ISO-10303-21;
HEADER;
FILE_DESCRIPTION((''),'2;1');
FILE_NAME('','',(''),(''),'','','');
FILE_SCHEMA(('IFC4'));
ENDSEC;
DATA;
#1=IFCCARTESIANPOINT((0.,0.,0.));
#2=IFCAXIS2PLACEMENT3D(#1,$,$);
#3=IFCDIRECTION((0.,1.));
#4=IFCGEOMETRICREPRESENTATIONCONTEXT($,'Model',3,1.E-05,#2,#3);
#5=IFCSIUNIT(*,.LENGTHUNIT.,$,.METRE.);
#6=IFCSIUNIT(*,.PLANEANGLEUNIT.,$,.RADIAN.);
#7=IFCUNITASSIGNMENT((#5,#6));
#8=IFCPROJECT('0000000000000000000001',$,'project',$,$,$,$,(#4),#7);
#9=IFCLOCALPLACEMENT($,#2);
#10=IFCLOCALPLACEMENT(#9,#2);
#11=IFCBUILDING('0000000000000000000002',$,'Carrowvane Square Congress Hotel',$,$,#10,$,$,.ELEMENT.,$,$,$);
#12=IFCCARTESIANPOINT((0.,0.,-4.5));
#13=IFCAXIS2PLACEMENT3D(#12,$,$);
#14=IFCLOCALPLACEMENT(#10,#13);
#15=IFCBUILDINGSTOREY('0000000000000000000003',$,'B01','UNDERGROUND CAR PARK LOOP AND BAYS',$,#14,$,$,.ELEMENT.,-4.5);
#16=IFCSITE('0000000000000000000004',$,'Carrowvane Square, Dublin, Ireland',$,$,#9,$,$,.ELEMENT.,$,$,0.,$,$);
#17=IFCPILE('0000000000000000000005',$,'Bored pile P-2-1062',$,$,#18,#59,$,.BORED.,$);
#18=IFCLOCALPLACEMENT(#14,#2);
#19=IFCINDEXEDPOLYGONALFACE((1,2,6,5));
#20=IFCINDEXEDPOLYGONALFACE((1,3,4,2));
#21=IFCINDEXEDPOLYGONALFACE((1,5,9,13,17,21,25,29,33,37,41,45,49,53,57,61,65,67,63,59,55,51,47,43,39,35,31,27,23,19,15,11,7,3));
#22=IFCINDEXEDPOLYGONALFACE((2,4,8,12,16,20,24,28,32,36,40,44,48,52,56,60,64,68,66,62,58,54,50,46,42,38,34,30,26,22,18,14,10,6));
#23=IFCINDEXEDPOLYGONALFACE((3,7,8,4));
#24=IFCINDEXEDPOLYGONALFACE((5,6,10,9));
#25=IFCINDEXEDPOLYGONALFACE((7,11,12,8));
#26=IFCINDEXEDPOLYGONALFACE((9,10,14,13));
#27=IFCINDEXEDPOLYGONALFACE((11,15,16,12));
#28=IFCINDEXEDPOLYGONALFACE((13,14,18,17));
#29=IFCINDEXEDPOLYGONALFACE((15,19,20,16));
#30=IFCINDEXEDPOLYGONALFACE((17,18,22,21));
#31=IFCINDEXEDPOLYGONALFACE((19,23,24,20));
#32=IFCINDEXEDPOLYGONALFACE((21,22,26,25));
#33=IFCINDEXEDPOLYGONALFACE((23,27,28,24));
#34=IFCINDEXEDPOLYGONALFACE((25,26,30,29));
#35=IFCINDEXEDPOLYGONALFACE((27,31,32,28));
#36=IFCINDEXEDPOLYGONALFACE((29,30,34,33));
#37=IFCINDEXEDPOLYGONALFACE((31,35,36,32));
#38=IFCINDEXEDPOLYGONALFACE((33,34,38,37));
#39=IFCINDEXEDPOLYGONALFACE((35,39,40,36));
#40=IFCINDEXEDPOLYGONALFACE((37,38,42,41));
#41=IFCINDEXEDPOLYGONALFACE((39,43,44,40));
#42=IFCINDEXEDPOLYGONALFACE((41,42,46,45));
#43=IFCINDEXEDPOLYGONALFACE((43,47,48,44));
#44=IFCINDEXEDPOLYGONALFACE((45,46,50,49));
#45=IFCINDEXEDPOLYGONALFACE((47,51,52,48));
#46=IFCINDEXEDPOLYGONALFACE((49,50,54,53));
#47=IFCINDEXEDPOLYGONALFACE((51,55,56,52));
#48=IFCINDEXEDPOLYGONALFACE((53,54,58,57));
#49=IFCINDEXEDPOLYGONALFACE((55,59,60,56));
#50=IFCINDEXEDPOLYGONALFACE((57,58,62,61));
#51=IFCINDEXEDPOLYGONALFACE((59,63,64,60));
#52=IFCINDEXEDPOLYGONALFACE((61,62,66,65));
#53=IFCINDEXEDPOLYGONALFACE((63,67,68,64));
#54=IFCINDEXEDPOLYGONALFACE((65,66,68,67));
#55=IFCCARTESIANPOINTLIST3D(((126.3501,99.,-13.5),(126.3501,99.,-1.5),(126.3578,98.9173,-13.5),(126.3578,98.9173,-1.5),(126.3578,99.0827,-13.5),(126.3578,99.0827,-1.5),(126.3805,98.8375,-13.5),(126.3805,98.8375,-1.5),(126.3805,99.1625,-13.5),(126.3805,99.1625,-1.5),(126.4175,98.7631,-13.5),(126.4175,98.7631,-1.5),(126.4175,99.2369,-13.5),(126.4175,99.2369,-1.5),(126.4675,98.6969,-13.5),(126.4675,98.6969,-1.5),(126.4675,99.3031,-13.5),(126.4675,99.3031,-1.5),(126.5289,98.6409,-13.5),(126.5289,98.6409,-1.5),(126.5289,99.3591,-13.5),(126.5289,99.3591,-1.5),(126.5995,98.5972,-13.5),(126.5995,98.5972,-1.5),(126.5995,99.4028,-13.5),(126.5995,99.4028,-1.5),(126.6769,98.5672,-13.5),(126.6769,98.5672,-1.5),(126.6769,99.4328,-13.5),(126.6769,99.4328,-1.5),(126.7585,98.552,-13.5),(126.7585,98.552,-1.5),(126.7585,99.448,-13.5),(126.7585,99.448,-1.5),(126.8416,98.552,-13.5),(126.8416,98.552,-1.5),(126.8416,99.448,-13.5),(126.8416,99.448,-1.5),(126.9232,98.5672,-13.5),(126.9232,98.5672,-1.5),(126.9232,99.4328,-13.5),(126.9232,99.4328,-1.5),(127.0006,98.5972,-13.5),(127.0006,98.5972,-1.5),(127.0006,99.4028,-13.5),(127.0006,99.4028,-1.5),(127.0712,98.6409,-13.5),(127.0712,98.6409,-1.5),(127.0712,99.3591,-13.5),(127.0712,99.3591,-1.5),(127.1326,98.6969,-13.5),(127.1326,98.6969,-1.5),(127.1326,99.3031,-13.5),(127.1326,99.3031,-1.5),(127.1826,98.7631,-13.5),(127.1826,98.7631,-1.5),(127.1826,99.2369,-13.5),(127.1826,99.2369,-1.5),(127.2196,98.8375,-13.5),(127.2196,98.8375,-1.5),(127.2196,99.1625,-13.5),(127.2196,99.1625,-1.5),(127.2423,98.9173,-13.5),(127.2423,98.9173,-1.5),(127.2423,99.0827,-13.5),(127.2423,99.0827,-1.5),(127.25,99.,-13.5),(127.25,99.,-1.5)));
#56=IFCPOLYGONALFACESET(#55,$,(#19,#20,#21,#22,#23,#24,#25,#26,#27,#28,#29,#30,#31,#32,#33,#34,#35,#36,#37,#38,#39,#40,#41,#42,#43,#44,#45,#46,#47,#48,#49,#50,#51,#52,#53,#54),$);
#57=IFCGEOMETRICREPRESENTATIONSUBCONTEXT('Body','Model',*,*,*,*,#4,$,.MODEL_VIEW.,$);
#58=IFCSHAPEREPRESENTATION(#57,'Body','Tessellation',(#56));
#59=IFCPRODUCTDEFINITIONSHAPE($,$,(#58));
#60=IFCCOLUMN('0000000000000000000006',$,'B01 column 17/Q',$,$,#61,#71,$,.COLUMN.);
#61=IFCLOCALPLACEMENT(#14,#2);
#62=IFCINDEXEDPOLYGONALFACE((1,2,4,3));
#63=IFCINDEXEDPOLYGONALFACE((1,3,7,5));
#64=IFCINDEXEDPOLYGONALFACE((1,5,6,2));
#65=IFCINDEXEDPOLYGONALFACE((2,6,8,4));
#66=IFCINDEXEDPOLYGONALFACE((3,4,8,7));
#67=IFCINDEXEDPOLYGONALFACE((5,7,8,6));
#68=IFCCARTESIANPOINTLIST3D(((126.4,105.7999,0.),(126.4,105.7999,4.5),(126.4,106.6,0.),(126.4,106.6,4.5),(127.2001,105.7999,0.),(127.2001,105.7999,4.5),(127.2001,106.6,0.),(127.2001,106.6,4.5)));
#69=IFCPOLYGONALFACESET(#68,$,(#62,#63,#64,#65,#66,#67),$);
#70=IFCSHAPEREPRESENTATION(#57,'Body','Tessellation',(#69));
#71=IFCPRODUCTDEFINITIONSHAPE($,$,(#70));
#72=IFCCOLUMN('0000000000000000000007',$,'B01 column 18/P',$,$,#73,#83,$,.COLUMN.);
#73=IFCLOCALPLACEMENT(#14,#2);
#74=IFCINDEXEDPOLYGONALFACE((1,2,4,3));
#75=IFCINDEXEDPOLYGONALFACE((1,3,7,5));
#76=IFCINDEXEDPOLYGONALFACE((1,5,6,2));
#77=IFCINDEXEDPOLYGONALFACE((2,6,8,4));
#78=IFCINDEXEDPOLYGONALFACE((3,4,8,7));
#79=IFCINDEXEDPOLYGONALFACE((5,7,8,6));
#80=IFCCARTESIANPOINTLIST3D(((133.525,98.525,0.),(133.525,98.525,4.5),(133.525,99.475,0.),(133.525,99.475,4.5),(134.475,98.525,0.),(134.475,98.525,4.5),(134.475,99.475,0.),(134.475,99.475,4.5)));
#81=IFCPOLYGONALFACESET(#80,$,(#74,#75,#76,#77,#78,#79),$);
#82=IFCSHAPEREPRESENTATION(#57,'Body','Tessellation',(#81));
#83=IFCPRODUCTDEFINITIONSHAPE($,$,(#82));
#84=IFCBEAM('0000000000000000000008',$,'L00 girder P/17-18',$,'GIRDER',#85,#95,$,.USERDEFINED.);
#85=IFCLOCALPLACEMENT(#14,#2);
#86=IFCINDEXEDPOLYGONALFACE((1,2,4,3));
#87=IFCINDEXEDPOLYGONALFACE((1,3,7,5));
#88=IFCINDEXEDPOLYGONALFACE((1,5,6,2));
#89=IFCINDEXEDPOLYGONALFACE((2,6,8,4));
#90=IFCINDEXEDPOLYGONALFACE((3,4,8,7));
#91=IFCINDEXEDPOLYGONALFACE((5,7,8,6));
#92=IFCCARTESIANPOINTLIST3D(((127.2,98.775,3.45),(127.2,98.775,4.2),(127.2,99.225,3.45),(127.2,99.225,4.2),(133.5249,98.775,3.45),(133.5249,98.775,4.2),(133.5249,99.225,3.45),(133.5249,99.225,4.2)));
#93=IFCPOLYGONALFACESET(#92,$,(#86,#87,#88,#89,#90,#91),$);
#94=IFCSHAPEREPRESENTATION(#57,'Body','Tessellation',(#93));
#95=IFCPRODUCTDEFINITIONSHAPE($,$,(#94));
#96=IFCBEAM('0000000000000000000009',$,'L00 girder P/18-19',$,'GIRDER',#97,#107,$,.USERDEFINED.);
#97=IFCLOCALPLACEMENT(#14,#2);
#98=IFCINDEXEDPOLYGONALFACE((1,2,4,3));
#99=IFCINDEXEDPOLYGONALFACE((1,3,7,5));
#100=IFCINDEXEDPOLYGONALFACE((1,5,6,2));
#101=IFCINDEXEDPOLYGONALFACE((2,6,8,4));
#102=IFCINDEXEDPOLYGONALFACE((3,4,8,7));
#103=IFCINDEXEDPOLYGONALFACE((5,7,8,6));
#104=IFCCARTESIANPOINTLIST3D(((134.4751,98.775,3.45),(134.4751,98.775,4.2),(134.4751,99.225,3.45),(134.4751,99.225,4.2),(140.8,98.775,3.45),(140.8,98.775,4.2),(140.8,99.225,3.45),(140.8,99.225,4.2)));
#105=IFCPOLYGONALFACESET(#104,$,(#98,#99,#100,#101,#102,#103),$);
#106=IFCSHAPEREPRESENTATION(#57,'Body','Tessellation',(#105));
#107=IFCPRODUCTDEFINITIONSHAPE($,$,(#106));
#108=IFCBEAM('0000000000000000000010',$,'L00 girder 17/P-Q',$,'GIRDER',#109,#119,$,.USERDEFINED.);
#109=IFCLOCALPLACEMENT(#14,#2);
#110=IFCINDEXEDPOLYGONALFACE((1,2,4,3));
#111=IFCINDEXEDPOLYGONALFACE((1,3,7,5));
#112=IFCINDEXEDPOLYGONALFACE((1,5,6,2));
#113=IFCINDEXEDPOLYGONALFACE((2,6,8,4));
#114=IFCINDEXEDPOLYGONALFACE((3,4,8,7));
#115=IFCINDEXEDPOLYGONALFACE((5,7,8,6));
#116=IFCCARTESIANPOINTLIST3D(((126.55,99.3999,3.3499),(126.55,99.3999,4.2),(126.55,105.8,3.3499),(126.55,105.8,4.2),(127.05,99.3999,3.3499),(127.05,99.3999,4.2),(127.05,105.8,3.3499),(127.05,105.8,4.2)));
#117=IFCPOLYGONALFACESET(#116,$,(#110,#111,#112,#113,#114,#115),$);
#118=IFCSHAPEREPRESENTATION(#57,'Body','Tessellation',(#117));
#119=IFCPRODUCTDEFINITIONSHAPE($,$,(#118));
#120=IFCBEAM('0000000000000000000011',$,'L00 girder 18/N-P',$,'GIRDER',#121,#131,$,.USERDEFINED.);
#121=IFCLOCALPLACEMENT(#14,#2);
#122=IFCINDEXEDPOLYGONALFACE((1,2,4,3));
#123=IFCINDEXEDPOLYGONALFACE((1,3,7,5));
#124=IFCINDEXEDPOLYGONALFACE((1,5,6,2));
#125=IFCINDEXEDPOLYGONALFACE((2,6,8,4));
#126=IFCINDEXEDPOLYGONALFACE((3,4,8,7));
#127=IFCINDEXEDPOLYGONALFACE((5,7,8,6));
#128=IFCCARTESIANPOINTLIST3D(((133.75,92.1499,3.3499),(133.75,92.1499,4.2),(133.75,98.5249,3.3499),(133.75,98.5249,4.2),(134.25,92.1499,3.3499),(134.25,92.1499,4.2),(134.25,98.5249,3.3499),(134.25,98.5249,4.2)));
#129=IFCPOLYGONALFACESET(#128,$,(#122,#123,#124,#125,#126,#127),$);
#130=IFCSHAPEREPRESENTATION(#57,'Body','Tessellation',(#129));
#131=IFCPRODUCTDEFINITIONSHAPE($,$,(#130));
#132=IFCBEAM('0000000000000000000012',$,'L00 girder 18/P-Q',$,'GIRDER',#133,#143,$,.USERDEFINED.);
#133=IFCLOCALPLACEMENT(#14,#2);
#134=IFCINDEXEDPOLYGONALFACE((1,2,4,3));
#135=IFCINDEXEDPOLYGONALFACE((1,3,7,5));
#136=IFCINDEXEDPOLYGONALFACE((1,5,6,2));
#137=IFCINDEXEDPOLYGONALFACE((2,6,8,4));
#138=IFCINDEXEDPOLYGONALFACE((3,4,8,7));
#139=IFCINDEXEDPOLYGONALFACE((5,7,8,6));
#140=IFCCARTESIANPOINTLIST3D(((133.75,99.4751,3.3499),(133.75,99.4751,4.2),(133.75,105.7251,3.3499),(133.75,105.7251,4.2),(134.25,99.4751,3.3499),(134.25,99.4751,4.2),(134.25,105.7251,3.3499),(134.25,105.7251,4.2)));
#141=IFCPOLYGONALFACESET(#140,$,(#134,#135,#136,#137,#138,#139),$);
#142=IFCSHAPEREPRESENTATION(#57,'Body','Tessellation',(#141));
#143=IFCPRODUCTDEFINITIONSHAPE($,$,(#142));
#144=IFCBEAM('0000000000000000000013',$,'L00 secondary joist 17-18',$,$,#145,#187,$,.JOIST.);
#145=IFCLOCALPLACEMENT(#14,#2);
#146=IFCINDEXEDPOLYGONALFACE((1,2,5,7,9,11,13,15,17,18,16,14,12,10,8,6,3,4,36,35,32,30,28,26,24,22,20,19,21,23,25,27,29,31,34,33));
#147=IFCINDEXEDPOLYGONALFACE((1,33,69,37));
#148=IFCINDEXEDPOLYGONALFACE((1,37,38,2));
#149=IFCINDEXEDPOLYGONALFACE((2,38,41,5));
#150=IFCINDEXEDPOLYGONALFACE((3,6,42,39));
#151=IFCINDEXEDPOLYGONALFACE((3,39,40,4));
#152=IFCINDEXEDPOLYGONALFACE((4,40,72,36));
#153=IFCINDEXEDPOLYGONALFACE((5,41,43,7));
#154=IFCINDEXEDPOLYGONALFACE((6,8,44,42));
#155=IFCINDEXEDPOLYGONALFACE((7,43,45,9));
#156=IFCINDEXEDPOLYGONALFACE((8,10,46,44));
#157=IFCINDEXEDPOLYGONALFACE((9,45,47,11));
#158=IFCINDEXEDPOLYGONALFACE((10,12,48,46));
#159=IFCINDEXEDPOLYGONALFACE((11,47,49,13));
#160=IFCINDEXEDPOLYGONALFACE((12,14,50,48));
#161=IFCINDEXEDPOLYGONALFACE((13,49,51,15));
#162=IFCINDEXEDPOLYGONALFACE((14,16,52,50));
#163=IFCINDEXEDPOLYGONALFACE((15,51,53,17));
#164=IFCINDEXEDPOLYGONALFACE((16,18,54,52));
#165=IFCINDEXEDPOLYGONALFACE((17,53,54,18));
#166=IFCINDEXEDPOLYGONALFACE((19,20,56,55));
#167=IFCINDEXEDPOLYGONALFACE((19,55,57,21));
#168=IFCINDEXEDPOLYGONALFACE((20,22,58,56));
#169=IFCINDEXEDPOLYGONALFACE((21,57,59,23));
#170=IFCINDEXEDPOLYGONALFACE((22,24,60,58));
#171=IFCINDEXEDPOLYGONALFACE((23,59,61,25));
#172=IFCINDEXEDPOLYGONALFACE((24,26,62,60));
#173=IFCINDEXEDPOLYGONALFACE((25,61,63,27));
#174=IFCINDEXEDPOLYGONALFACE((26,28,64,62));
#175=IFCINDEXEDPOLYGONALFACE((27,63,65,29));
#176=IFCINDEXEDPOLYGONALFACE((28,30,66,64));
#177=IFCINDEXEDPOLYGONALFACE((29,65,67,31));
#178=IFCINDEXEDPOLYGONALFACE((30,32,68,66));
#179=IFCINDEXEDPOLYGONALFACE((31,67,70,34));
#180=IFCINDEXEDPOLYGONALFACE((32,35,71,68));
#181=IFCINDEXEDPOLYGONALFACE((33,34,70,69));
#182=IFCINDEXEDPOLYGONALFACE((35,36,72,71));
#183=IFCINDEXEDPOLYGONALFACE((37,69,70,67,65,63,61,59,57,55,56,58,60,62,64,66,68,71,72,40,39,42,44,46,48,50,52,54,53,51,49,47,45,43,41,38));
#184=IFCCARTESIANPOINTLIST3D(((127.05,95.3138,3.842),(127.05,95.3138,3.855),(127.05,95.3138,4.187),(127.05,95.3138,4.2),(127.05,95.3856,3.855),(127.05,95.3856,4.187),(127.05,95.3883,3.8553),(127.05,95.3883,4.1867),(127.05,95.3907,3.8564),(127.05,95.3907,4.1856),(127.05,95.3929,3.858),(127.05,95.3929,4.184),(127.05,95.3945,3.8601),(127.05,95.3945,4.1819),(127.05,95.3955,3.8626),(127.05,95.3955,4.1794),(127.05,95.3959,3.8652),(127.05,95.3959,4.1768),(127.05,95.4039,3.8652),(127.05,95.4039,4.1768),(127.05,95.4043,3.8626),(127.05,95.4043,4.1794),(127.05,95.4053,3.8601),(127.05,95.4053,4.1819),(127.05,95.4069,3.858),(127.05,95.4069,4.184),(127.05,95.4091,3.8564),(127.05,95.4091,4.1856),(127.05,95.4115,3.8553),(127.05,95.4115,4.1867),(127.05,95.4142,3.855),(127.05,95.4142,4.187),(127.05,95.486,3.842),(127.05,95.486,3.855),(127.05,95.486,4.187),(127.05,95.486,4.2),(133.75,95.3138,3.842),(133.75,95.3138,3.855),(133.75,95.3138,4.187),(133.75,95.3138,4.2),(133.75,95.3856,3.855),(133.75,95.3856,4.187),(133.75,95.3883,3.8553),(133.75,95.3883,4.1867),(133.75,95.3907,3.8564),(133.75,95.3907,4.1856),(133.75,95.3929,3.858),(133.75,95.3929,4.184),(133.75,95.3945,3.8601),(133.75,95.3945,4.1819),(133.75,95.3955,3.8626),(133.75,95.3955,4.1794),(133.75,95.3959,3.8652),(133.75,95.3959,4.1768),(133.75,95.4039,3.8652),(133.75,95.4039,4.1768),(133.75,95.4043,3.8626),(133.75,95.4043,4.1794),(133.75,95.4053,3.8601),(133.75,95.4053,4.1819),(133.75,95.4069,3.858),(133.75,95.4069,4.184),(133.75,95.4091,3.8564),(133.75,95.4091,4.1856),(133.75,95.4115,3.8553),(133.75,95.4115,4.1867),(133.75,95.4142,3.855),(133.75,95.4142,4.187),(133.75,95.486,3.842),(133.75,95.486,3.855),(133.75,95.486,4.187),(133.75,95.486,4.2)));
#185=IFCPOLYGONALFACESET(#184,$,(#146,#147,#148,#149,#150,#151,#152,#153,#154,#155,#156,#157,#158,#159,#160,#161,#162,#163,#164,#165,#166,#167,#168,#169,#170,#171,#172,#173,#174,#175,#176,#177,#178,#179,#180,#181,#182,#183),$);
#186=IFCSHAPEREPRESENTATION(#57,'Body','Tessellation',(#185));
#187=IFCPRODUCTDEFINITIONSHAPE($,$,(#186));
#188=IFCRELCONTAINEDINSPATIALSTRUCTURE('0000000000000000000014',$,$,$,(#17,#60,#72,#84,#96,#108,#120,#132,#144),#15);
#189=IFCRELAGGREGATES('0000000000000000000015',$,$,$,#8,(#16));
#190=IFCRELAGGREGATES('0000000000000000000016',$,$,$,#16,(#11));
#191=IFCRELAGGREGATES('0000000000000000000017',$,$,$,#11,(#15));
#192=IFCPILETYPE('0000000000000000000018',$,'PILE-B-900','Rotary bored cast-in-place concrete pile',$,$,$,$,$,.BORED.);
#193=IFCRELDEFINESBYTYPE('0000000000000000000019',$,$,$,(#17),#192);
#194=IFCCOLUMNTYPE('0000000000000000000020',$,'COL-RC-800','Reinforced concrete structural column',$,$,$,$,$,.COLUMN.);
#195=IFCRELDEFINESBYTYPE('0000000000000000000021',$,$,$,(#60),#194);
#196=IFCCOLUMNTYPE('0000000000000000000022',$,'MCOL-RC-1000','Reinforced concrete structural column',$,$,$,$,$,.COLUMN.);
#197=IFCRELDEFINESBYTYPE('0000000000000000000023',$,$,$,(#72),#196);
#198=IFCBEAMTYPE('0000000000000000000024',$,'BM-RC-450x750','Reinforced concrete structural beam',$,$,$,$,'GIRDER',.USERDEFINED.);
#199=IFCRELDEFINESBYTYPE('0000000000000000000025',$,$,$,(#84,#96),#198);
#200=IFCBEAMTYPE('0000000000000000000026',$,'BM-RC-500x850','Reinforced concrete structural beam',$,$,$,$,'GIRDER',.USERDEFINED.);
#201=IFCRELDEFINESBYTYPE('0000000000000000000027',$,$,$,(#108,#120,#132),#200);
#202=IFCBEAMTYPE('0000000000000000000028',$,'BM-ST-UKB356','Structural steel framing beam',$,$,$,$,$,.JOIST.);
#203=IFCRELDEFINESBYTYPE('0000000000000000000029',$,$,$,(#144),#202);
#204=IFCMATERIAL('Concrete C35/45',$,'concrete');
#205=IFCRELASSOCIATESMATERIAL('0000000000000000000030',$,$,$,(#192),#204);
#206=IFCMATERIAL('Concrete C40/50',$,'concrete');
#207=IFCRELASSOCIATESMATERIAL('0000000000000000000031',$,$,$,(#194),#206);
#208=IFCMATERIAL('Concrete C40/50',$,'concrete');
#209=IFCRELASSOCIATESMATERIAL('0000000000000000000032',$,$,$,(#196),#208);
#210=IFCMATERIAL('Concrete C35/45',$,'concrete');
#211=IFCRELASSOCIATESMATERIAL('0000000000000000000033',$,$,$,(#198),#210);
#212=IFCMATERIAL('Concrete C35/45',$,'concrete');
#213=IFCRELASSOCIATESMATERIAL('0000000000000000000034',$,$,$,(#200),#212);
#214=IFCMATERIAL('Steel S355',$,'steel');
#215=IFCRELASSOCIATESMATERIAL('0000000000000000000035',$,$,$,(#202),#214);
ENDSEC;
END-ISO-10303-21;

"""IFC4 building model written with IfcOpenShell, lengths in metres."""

from ifc_helpers import new_model, si_unit, direction, frame, origin, origin_2d, place, context, subcontext, project, spatial, rectangle, circle, i_section, extrude, material, material_profile, profile_set, type_object, element, save


model = new_model("IFC4")

# Units and contexts
model_context = context("Model", 3, precision=1e-05, world=origin(), true_north=direction((0.0, 1.0)))
body_context = subcontext(model_context, "Body", "Model", "MODEL_VIEW")
ifc_project = project(units=[si_unit("LENGTHUNIT", "METRE"), si_unit("PLANEANGLEUNIT", "RADIAN")], contexts=[model_context])

# Site, building, storey
site_placement = place(None, origin())
site = spatial("IfcSite", under=ifc_project, at=site_placement, Name="Carrowvane Square, Dublin, Ireland", CompositionType="ELEMENT", RefElevation=0.0)
building_placement = place(site_placement, origin())
building = spatial("IfcBuilding", under=site, at=building_placement, Name="Carrowvane Square Congress Hotel", CompositionType="ELEMENT")
storey_placement = place(building_placement, frame((0.0, 0.0, -4.5)))
storey = spatial("IfcBuildingStorey", under=building, at=storey_placement, Name="B01", Description="UNDERGROUND CAR PARK LOOP AND BAYS", CompositionType="ELEMENT", Elevation=-4.5)

# Pile
ifc_material_1 = material(Name="Concrete C35/45", Category="concrete")
ifc_material_profile_1 = material_profile(ifc_material_1, circle(Radius=0.45, at=origin_2d()), Name="PILE D900")
ifc_profile_set_1 = profile_set([ifc_material_profile_1], Name="Concrete C35/45")
pile_type_1 = type_object("IfcPileType", Name="PILE-B-900", Description="Rotary bored cast-in-place concrete pile", PredefinedType="BORED", material=ifc_profile_set_1)
pile_placement = place(storey_placement, frame((126.8, 99.0, -1.5), z_axis=(0.0, 0.0, -1.0), x_axis=(1.0, 0.0, 0.0)))
element("IfcPile", 1, at=pile_placement, inside=storey, type_object=pile_type_1, Name="Bored pile P-2-1062", PredefinedType="BORED", context=body_context, shape_type="SweptSolid", body=[
    extrude(circle(Radius=0.45, at=origin_2d()), origin(), (0.0, 0.0, 1.0), 12.0),
])

# Columns
ifc_material_2 = material(Name="Concrete C40/50", Category="concrete")
ifc_material_profile_2 = material_profile(ifc_material_2, rectangle(XDim=0.8, YDim=0.8, at=origin_2d()), Name="RC 800x800")
ifc_profile_set_2 = profile_set([ifc_material_profile_2], Name="Concrete C40/50")
column_type_1 = type_object("IfcColumnType", Name="COL-RC-800", Description="Reinforced concrete structural column", PredefinedType="COLUMN", material=ifc_profile_set_2)
column_1_placement = place(storey_placement, frame((126.8, 106.2, 0.0), z_axis=(0.0, 0.0, 1.0), x_axis=(1.0, 0.0, 0.0)))
element("IfcColumn", 2, at=column_1_placement, inside=storey, type_object=column_type_1, Name="B01 column 17/Q", PredefinedType="COLUMN", context=body_context, shape_type="SweptSolid", body=[
    extrude(rectangle(XDim=0.8, YDim=0.8, at=origin_2d()), origin(), (0.0, 0.0, 1.0), 4.5),
])
ifc_material_3 = material(Name="Concrete C40/50", Category="concrete")
ifc_material_profile_3 = material_profile(ifc_material_3, rectangle(XDim=0.95, YDim=0.95, at=origin_2d()), Name="RC 950x950")
ifc_profile_set_3 = profile_set([ifc_material_profile_3], Name="Concrete C40/50")
column_type_2 = type_object("IfcColumnType", Name="MCOL-RC-1000", Description="Reinforced concrete structural column", PredefinedType="COLUMN", material=ifc_profile_set_3)
column_2_placement = place(storey_placement, frame((134.0, 99.0, 0.0), z_axis=(0.0, 0.0, 1.0), x_axis=(1.0, 0.0, 0.0)))
element("IfcColumn", 3, at=column_2_placement, inside=storey, type_object=column_type_2, Name="B01 column 18/P", PredefinedType="COLUMN", context=body_context, shape_type="SweptSolid", body=[
    extrude(rectangle(XDim=0.95, YDim=0.95, at=origin_2d()), origin(), (0.0, 0.0, 1.0), 4.5),
])

# Beams
ifc_material_4 = material(Name="Concrete C35/45", Category="concrete")
ifc_material_profile_4 = material_profile(ifc_material_4, rectangle(XDim=0.45, YDim=0.75, at=origin_2d()), Name="RC 450x750")
ifc_profile_set_4 = profile_set([ifc_material_profile_4], Name="Concrete C35/45")
beam_type_1 = type_object("IfcBeamType", Name="BM-RC-450x750", Description="Reinforced concrete structural beam", ElementType="GIRDER", PredefinedType="USERDEFINED", material=ifc_profile_set_4)
for number, where, z_axis, x_axis, name in (
    (4, (127.2, 99.0, 3.825), (1.0, 0.0, 0.0), (0.0, 1.0, 0.0), "L00 girder P/17-18"),
    (5, (134.4751, 99.0, 3.825), (1.0, 0.0, 0.0), (0.0, 1.0, 0.0), "L00 girder P/18-19"),
):
    element("IfcBeam", number, at=place(storey_placement, frame(where, z_axis=z_axis, x_axis=x_axis)), inside=storey, type_object=beam_type_1, Name=name, ObjectType="GIRDER", PredefinedType="USERDEFINED", context=body_context, shape_type="SweptSolid", body=[
        extrude(rectangle(XDim=0.45, YDim=0.75, at=origin_2d()), origin(), (0.0, 0.0, 1.0), 6.325),
    ])
ifc_material_5 = material(Name="Concrete C35/45", Category="concrete")
ifc_material_profile_5 = material_profile(ifc_material_5, rectangle(XDim=0.5, YDim=0.8501, at=origin_2d()), Name="RC 500x850")
ifc_profile_set_5 = profile_set([ifc_material_profile_5], Name="Concrete C35/45")
beam_type_2 = type_object("IfcBeamType", Name="BM-RC-500x850", Description="Reinforced concrete structural beam", ElementType="GIRDER", PredefinedType="USERDEFINED", material=ifc_profile_set_5)
beam_1_placement = place(storey_placement, frame((126.8, 99.3999, 3.7749), z_axis=(0.0, 1.0, 0.0), x_axis=(-1.0, 0.0, 0.0)))
element("IfcBeam", 6, at=beam_1_placement, inside=storey, type_object=beam_type_2, Name="L00 girder 17/P-Q", ObjectType="GIRDER", PredefinedType="USERDEFINED", context=body_context, shape_type="SweptSolid", body=[
    extrude(rectangle(XDim=0.5, YDim=0.8501, at=origin_2d()), origin(), (0.0, 0.0, 1.0), 6.4001),
])
beam_2_placement = place(storey_placement, frame((134.0, 92.1499, 3.7749), z_axis=(0.0, 1.0, 0.0), x_axis=(-1.0, 0.0, 0.0)))
element("IfcBeam", 7, at=beam_2_placement, inside=storey, type_object=beam_type_2, Name="L00 girder 18/N-P", ObjectType="GIRDER", PredefinedType="USERDEFINED", context=body_context, shape_type="SweptSolid", body=[
    extrude(rectangle(XDim=0.5, YDim=0.8501, at=origin_2d()), origin(), (0.0, 0.0, 1.0), 6.375),
])
beam_3_placement = place(storey_placement, frame((134.0, 99.4751, 3.7749), z_axis=(0.0, 1.0, 0.0), x_axis=(-1.0, 0.0, 0.0)))
element("IfcBeam", 8, at=beam_3_placement, inside=storey, type_object=beam_type_2, Name="L00 girder 18/P-Q", ObjectType="GIRDER", PredefinedType="USERDEFINED", context=body_context, shape_type="SweptSolid", body=[
    extrude(rectangle(XDim=0.5, YDim=0.8501, at=origin_2d()), origin(), (0.0, 0.0, 1.0), 6.25),
])
ifc_material_6 = material(Name="Steel S355", Category="steel")
ifc_material_profile_6 = material_profile(ifc_material_6, i_section(OverallWidth=0.1721, OverallDepth=0.3579, WebThickness=0.0081, FlangeThickness=0.0129, FilletRadius=0.0103, at=origin_2d()), Name="UKB 356x171x57")
ifc_profile_set_6 = profile_set([ifc_material_profile_6], Name="Steel S355")
beam_type_3 = type_object("IfcBeamType", Name="BM-ST-UKB356", Description="Structural steel framing beam", PredefinedType="JOIST", material=ifc_profile_set_6)
for number, where, z_axis, x_axis, name in (
    (9, (127.05, 95.3999, 4.021), (1.0, 0.0, 0.0), (0.0, 1.0, 0.0), "L00 secondary joist 17-18"),
):
    element("IfcBeam", number, at=place(storey_placement, frame(where, z_axis=z_axis, x_axis=x_axis)), inside=storey, type_object=beam_type_3, Name=name, PredefinedType="JOIST", context=body_context, shape_type="SweptSolid", body=[
        extrude(i_section(OverallWidth=0.1721, OverallDepth=0.3579, WebThickness=0.0081, FlangeThickness=0.0129, FilletRadius=0.0103, at=origin_2d()), origin(), (0.0, 0.0, 1.0), 6.7),
    ])

save(model, "model.ifc")
